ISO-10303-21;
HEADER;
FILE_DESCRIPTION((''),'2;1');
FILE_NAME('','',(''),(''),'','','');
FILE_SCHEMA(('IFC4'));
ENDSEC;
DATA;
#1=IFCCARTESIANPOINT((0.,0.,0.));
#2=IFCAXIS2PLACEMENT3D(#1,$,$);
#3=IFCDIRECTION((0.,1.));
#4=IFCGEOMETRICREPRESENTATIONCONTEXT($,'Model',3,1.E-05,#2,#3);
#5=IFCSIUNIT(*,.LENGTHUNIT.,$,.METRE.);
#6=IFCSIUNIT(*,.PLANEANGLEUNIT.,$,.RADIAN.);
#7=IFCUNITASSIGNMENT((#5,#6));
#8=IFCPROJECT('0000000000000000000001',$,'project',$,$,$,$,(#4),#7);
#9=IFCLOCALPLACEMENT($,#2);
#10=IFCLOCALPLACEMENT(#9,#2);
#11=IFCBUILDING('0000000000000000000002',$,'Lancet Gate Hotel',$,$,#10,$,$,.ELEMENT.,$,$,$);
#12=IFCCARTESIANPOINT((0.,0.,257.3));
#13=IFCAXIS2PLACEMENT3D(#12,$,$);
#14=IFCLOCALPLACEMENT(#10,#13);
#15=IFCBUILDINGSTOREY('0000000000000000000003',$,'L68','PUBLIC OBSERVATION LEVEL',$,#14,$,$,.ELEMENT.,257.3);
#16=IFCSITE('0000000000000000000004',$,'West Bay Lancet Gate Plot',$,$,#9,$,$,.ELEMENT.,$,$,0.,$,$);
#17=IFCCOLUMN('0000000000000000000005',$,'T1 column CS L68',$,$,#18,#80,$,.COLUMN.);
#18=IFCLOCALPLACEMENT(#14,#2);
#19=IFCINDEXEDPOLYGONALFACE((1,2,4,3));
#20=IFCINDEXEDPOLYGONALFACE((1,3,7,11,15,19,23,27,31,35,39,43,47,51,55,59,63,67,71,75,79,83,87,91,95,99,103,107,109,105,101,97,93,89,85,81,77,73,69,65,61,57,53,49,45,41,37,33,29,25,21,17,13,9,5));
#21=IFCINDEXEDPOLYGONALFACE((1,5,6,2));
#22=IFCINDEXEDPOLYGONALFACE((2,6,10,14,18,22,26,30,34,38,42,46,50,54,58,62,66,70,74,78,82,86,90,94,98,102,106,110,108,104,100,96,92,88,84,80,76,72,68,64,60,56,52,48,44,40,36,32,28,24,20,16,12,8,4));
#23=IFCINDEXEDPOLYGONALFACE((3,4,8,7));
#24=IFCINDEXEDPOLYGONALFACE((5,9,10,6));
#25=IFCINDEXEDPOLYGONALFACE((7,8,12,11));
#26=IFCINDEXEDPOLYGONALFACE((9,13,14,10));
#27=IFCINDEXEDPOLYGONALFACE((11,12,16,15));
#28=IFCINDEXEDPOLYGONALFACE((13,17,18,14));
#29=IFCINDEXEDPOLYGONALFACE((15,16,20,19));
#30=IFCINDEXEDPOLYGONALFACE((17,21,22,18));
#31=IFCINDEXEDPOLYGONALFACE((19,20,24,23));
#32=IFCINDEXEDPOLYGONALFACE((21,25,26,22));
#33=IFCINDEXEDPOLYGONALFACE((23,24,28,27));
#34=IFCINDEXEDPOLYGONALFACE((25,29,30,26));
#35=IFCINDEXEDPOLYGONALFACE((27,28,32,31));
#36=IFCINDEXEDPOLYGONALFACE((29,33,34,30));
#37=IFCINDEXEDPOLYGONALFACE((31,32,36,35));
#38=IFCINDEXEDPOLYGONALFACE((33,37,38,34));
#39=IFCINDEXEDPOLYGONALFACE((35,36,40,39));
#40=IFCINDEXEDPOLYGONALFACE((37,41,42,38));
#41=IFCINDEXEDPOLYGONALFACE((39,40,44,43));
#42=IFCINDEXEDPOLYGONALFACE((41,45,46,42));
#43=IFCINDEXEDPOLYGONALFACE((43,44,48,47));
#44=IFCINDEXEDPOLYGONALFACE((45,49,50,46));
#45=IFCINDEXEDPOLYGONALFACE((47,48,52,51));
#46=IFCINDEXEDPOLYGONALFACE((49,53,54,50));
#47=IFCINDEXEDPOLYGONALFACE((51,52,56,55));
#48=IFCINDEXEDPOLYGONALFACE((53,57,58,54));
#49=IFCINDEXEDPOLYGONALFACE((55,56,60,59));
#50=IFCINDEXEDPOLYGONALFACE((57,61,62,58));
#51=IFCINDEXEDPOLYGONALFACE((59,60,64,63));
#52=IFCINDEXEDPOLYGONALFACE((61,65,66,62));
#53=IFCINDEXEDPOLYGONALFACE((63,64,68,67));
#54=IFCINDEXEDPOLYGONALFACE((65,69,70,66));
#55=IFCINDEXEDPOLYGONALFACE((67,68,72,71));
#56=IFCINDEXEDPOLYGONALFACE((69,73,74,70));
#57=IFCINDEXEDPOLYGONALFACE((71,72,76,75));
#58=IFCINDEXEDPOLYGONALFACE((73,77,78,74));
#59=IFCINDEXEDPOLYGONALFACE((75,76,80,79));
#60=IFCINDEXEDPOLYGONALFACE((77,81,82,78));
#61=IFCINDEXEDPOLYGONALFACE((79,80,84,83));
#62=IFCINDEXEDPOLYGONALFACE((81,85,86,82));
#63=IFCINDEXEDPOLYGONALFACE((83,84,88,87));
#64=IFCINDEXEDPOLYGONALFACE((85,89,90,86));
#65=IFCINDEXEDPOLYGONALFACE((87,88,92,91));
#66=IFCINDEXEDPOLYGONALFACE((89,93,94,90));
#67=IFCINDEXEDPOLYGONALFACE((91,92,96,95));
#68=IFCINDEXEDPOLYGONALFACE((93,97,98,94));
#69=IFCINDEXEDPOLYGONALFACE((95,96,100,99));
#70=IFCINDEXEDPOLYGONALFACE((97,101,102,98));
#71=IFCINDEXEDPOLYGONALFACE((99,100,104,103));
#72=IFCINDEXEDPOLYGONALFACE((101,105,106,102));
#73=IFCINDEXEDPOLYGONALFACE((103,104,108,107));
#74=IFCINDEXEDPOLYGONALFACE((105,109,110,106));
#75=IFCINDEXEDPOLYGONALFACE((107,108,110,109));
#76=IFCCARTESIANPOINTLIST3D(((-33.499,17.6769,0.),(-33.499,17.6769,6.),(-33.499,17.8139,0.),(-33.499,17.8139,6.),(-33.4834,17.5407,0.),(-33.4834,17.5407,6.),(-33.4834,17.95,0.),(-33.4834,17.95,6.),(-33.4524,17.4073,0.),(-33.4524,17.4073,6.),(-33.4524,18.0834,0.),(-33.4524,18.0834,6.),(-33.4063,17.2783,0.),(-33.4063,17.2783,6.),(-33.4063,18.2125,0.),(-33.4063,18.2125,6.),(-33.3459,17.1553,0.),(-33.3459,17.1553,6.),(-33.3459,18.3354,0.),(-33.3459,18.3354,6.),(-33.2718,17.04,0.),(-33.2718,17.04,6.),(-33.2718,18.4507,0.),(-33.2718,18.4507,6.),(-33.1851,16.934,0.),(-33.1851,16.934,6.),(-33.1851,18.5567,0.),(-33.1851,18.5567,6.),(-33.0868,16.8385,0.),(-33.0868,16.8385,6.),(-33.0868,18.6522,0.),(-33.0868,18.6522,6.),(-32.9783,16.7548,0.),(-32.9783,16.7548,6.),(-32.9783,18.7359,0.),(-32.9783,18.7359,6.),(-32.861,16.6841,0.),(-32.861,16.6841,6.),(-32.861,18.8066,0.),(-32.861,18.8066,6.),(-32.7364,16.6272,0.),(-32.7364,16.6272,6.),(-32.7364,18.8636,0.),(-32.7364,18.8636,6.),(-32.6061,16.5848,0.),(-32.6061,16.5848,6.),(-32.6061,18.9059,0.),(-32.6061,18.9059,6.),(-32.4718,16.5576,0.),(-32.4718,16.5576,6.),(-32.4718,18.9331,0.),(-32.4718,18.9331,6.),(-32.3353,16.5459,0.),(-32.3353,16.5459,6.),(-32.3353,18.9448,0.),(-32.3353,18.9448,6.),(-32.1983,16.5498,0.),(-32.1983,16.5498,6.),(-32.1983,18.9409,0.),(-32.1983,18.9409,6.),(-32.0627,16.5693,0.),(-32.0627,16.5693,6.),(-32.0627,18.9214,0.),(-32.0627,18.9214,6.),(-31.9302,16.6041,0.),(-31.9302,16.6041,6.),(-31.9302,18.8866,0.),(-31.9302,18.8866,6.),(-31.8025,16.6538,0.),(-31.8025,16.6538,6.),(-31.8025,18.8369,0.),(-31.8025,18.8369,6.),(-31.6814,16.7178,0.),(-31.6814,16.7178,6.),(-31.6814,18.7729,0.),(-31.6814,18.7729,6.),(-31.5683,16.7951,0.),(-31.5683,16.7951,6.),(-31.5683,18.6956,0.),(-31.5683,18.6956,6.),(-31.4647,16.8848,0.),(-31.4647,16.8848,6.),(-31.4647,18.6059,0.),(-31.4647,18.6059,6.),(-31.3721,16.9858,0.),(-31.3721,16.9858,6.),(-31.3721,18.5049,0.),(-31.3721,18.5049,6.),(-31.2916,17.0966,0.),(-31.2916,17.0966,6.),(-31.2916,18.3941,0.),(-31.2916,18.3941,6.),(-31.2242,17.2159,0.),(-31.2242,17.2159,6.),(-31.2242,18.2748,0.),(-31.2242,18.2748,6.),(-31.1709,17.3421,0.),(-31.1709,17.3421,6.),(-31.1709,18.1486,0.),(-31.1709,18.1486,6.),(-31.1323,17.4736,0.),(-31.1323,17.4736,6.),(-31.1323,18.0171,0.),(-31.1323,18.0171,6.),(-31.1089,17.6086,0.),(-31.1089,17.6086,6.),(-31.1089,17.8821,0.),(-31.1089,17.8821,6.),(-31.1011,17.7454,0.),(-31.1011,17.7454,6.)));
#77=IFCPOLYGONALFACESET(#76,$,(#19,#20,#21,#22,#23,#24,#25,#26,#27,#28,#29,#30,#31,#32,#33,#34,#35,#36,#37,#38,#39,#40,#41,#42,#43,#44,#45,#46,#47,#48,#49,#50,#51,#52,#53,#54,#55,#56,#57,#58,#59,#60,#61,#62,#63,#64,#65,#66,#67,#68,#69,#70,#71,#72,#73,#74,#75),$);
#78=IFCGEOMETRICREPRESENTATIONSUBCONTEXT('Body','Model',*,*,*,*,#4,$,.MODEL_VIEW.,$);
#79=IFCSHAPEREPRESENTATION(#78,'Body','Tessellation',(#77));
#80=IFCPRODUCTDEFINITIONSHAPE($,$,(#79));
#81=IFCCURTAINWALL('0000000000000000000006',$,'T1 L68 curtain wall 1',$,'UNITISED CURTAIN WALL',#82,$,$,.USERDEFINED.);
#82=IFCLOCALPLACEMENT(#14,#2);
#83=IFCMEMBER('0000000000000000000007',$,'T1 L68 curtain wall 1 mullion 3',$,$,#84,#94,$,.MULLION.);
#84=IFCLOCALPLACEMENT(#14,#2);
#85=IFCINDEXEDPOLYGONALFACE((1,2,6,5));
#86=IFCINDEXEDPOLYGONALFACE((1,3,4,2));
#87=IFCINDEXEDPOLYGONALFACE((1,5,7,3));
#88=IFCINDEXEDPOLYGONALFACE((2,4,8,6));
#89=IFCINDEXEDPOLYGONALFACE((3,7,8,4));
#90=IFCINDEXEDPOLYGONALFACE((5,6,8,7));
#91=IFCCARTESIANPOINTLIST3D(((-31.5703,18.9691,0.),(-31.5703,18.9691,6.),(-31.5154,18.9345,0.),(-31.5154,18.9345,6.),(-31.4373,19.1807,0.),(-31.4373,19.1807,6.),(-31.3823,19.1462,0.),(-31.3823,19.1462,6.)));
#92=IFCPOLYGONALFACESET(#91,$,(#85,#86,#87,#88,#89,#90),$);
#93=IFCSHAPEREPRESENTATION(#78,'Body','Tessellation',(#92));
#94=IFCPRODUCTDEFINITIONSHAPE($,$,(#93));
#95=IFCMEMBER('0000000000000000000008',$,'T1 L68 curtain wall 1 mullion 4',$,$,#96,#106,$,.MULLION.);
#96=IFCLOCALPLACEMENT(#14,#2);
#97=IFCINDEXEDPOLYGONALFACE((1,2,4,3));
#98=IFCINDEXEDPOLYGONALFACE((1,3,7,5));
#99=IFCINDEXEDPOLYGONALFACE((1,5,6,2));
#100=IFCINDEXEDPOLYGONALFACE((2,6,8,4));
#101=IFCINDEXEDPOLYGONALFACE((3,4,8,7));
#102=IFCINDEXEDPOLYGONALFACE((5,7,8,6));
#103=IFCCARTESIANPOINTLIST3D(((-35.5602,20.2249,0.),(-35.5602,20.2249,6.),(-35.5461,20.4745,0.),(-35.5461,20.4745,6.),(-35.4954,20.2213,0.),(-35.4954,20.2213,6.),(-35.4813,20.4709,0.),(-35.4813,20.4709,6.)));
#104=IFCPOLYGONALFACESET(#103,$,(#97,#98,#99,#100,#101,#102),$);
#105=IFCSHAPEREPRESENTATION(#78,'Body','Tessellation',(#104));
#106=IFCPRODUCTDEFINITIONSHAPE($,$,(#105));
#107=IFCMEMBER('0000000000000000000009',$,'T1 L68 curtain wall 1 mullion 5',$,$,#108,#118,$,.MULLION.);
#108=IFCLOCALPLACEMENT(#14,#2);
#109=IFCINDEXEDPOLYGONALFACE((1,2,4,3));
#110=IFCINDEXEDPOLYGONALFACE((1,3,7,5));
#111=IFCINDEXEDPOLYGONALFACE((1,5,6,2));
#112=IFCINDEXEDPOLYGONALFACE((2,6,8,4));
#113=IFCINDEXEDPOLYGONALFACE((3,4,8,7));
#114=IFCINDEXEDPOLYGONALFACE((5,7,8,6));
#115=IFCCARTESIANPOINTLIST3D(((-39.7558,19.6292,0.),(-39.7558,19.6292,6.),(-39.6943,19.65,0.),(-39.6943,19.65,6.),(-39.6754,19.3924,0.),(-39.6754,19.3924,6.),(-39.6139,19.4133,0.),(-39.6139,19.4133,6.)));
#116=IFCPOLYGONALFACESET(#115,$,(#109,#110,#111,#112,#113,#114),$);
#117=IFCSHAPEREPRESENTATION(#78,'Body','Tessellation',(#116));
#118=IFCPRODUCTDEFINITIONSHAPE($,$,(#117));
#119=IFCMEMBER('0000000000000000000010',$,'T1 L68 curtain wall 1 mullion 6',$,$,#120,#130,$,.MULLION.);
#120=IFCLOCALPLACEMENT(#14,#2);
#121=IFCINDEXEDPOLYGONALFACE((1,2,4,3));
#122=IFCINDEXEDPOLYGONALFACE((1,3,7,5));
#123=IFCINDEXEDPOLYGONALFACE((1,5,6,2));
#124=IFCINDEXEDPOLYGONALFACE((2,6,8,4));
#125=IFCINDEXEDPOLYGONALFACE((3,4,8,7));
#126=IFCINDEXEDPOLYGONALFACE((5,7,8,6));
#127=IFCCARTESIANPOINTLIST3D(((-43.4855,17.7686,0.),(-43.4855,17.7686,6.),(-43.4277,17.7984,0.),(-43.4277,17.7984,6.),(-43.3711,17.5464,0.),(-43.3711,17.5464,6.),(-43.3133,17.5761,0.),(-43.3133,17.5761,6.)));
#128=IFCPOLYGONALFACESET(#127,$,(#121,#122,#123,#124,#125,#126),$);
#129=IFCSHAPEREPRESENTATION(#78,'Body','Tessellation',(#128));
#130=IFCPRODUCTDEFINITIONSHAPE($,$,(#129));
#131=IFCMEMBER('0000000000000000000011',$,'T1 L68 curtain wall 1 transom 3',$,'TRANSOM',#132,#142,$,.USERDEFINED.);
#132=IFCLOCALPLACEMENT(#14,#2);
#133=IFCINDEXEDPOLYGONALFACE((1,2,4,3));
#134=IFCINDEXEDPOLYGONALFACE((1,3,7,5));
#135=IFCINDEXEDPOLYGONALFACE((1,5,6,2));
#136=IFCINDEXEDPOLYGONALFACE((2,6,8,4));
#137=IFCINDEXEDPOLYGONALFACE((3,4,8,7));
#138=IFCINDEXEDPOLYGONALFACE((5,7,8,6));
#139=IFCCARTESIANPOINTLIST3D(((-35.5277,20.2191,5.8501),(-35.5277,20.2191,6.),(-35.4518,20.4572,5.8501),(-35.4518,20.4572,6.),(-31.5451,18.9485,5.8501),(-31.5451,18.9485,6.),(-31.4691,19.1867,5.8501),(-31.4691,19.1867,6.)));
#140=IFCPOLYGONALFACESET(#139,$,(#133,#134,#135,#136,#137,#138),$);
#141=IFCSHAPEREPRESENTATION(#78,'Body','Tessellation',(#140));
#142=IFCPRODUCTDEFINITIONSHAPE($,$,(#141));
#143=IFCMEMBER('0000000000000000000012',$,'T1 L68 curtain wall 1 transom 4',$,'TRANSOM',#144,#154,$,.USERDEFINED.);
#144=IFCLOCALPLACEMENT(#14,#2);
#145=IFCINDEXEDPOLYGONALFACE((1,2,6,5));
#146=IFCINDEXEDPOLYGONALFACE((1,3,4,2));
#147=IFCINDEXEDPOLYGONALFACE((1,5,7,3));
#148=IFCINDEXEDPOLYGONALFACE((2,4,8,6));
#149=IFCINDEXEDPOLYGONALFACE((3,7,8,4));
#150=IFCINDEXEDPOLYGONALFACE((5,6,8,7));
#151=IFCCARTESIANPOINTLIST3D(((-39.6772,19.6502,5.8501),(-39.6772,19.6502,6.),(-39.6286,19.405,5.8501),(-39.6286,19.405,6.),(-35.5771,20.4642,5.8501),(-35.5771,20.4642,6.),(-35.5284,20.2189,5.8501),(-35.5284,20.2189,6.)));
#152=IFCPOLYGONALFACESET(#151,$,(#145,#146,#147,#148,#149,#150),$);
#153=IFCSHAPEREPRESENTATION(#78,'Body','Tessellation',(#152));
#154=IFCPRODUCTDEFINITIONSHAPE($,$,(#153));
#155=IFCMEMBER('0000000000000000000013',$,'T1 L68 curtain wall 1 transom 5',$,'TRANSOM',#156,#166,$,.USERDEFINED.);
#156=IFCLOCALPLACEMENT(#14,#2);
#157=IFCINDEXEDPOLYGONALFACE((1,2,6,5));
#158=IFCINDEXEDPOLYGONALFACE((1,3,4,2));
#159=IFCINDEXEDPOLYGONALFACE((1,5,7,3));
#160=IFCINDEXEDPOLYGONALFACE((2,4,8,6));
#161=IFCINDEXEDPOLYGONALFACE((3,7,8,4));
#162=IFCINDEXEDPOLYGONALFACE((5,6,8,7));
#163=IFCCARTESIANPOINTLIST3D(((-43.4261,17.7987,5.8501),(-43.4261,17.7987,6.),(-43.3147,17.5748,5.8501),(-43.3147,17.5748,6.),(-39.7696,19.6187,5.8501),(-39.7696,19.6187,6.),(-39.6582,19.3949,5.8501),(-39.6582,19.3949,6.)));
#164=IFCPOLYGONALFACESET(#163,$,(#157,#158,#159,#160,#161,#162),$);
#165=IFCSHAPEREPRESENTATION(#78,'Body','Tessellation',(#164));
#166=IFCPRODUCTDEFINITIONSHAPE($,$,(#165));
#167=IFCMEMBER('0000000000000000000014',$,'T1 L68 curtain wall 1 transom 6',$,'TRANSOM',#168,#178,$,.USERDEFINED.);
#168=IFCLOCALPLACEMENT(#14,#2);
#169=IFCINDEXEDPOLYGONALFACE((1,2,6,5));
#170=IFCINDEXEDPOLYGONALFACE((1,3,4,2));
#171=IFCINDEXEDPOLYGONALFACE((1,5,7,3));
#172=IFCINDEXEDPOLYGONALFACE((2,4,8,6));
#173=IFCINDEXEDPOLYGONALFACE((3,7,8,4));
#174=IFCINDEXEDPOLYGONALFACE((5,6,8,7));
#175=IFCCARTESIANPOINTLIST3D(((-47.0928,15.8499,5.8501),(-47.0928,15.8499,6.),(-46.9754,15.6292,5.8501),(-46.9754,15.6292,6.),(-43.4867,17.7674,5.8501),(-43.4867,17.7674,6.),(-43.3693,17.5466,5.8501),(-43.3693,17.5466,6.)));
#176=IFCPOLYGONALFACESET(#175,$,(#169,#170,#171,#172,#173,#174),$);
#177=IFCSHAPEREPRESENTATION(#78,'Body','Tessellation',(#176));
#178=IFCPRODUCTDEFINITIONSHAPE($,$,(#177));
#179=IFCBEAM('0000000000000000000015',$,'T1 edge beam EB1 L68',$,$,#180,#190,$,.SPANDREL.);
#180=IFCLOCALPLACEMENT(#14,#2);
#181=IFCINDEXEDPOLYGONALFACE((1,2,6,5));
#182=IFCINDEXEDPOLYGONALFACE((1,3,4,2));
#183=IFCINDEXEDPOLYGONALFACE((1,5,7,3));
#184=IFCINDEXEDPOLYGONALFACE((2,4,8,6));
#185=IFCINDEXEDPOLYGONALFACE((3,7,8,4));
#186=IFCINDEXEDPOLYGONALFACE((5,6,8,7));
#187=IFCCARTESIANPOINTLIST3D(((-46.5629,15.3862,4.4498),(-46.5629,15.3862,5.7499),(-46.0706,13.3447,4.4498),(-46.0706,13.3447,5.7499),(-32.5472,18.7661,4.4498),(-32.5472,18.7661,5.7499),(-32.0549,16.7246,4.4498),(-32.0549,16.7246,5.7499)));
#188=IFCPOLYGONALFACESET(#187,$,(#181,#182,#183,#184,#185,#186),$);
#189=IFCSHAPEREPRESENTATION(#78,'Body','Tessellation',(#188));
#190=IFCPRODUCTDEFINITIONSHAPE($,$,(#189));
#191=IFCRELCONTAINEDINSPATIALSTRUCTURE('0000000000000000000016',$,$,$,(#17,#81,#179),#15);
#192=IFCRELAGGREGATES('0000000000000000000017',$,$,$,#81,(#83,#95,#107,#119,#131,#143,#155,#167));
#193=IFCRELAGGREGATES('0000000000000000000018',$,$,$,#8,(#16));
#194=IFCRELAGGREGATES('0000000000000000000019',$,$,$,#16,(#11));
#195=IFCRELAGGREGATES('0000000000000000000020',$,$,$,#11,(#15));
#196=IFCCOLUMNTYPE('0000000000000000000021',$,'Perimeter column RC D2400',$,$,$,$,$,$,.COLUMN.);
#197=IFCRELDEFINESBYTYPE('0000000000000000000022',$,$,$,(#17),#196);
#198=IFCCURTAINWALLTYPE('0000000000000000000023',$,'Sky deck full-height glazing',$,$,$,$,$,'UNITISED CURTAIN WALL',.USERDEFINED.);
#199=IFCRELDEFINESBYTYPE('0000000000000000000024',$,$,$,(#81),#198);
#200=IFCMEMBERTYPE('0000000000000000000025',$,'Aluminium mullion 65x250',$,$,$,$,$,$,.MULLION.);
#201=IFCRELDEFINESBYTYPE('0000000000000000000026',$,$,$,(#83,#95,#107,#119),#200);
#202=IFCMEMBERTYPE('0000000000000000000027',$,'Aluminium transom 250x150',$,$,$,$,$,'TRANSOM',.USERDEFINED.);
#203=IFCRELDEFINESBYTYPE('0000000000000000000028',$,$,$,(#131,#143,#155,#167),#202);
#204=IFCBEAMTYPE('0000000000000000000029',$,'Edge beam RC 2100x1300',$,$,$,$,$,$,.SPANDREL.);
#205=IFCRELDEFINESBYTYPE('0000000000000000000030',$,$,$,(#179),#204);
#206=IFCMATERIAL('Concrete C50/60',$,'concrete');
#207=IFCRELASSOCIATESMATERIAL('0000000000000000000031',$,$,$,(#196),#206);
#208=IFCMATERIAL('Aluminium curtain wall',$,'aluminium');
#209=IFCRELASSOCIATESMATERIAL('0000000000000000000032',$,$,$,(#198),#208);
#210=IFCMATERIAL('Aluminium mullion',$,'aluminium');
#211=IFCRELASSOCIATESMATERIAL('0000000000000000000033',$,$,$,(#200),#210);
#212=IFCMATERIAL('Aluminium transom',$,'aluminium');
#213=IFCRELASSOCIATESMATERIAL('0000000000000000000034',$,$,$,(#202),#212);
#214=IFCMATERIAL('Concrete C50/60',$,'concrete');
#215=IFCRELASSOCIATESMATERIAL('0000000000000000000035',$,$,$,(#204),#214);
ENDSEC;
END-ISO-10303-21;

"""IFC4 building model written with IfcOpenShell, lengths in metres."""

from ifc_helpers import new_model, si_unit, direction, frame, origin, origin_2d, place, context, subcontext, project, spatial, rectangle, circle, extrude, material, material_profile, profile_set, type_object, element, aggregate, save


model = new_model("IFC4")

# Units and contexts
model_context = context("Model", 3, precision=1e-05, world=origin(), true_north=direction((0.0, 1.0)))
body_context = subcontext(model_context, "Body", "Model", "MODEL_VIEW")
ifc_project = project(units=[si_unit("LENGTHUNIT", "METRE"), si_unit("PLANEANGLEUNIT", "RADIAN")], contexts=[model_context])

# Site, building, storey
site_placement = place(None, origin())
site = spatial("IfcSite", under=ifc_project, at=site_placement, Name="West Bay Lancet Gate Plot", CompositionType="ELEMENT", RefElevation=0.0)
building_placement = place(site_placement, origin())
building = spatial("IfcBuilding", under=site, at=building_placement, Name="Lancet Gate Hotel", CompositionType="ELEMENT")
storey_placement = place(building_placement, frame((0.0, 0.0, 257.3)))
storey = spatial("IfcBuildingStorey", under=building, at=storey_placement, Name="L68", Description="PUBLIC OBSERVATION LEVEL", CompositionType="ELEMENT", Elevation=257.3)

# Column
ifc_material_1 = material(Name="Concrete C50/60", Category="concrete")
ifc_material_profile_1 = material_profile(ifc_material_1, circle(Radius=1.2, at=origin_2d()), Name="RC D2400")
ifc_profile_set_1 = profile_set([ifc_material_profile_1], Name="Concrete C50/60")
column_type = type_object("IfcColumnType", Name="Perimeter column RC D2400", PredefinedType="COLUMN", material=ifc_profile_set_1)
column_placement = place(storey_placement, frame((-32.301, 17.7454, 0.0), z_axis=(0.0, 0.0, 1.0), x_axis=(1.0, 0.0, 0.0)))
element("IfcColumn", 1, at=column_placement, inside=storey, type_object=column_type, Name="T1 column CS L68", PredefinedType="COLUMN", context=body_context, shape_type="SweptSolid", body=[
    extrude(circle(Radius=1.2, at=origin_2d()), origin(), (0.0, 0.0, 1.0), 6.0),
])

# Curtain wall, members
ifc_material_2 = material(Name="Aluminium curtain wall", Category="aluminium")
curtain_wall_type = type_object("IfcCurtainWallType", Name="Sky deck full-height glazing", ElementType="UNITISED CURTAIN WALL", PredefinedType="USERDEFINED", material=ifc_material_2)
curtain_wall_placement = place(storey_placement, origin())
curtain_wall = element("IfcCurtainWall", 2, at=curtain_wall_placement, inside=storey, type_object=curtain_wall_type, Name="T1 L68 curtain wall 1", ObjectType="UNITISED CURTAIN WALL", PredefinedType="USERDEFINED")
ifc_material_3 = material(Name="Aluminium mullion", Category="aluminium")
ifc_material_profile_2 = material_profile(ifc_material_3, rectangle(XDim=0.0649, YDim=0.25, at=origin_2d()), Name="MULLION 65x250")
ifc_profile_set_2 = profile_set([ifc_material_profile_2], Name="Aluminium mullion")
member_type_1 = type_object("IfcMemberType", Name="Aluminium mullion 65x250", PredefinedType="MULLION", material=ifc_profile_set_2)
member_1_placement = place(storey_placement, frame((-31.4763, 19.0576, 0.0), z_axis=(0.0, 0.0, 1.0), x_axis=(-0.846613, 0.532209, 0.0)))
member_1 = element("IfcMember", 3, at=member_1_placement, type_object=member_type_1, Name="T1 L68 curtain wall 1 mullion 3", PredefinedType="MULLION", context=body_context, shape_type="SweptSolid", body=[
    extrude(rectangle(XDim=0.0649, YDim=0.25, at=origin_2d()), origin(), (0.0, 0.0, 1.0), 6.0),
])
member_2_placement = place(storey_placement, frame((-35.5208, 20.3479, 0.0), z_axis=(0.0, 0.0, 1.0), x_axis=(-0.998409, 0.056384, 0.0)))
member_2 = element("IfcMember", 4, at=member_2_placement, type_object=member_type_1, Name="T1 L68 curtain wall 1 mullion 4", PredefinedType="MULLION", context=body_context, shape_type="SweptSolid", body=[
    extrude(rectangle(XDim=0.0649, YDim=0.25, at=origin_2d()), origin(), (0.0, 0.0, 1.0), 6.0),
])
member_3_placement = place(storey_placement, frame((-39.6848, 19.5212, 0.0), z_axis=(0.0, 0.0, 1.0), x_axis=(-0.946888, -0.321564, 0.0)))
member_3 = element("IfcMember", 5, at=member_3_placement, type_object=member_type_1, Name="T1 L68 curtain wall 1 mullion 5", PredefinedType="MULLION", context=body_context, shape_type="SweptSolid", body=[
    extrude(rectangle(XDim=0.0649, YDim=0.25, at=origin_2d()), origin(), (0.0, 0.0, 1.0), 6.0),
])
member_4_placement = place(storey_placement, frame((-43.3994, 17.6724, 0.0), z_axis=(0.0, 0.0, 1.0), x_axis=(-0.889156, -0.457605, 0.0)))
member_4 = element("IfcMember", 6, at=member_4_placement, type_object=member_type_1, Name="T1 L68 curtain wall 1 mullion 6", PredefinedType="MULLION", context=body_context, shape_type="SweptSolid", body=[
    extrude(rectangle(XDim=0.0649, YDim=0.25, at=origin_2d()), origin(), (0.0, 0.0, 1.0), 6.0),
])
ifc_material_4 = material(Name="Aluminium transom", Category="aluminium")
ifc_material_profile_3 = material_profile(ifc_material_4, rectangle(XDim=0.25, YDim=0.1499, at=origin_2d()), Name="TRANSOM 250x150")
ifc_profile_set_3 = profile_set([ifc_material_profile_3], Name="Aluminium transom")
member_type_2 = type_object("IfcMemberType", Name="Aluminium transom 250x150", ElementType="TRANSOM", PredefinedType="USERDEFINED", material=ifc_profile_set_3)
member_5_placement = place(storey_placement, frame((-31.5071, 19.0676, 5.925), z_axis=(-0.952698, 0.30392, 0.0), x_axis=(-0.30392, -0.952698, 0.0)))
member_5 = element("IfcMember", 7, at=member_5_placement, type_object=member_type_2, Name="T1 L68 curtain wall 1 transom 3", ObjectType="TRANSOM", PredefinedType="USERDEFINED", context=body_context, shape_type="SweptSolid", body=[
    extrude(rectangle(XDim=0.25, YDim=0.1499, at=origin_2d()), origin(), (0.0, 0.0, 1.0), 4.1804),
])
member_6_placement = place(storey_placement, frame((-35.5527, 20.3416, 5.925), z_axis=(-0.980858, -0.194723, 0.0), x_axis=(0.194723, -0.980858, 0.0)))
member_6 = element("IfcMember", 8, at=member_6_placement, type_object=member_type_2, Name="T1 L68 curtain wall 1 transom 4", ObjectType="TRANSOM", PredefinedType="USERDEFINED", context=body_context, shape_type="SweptSolid", body=[
    extrude(rectangle(XDim=0.25, YDim=0.1499, at=origin_2d()), origin(), (0.0, 0.0, 1.0), 4.1802),
])
member_7_placement = place(storey_placement, frame((-39.7139, 19.5068, 5.925), z_axis=(-0.895227, -0.445611, 0.0), x_axis=(0.445611, -0.895227, 0.0)))
member_7 = element("IfcMember", 9, at=member_7_placement, type_object=member_type_2, Name="T1 L68 curtain wall 1 transom 5", ObjectType="TRANSOM", PredefinedType="USERDEFINED", context=body_context, shape_type="SweptSolid", body=[
    extrude(rectangle(XDim=0.25, YDim=0.1499, at=origin_2d()), origin(), (0.0, 0.0, 1.0), 4.0845),
])
member_8_placement = place(storey_placement, frame((-43.428, 17.657, 5.925), z_axis=(-0.882945, -0.469477, 0.0), x_axis=(0.469477, -0.882945, 0.0)))
member_8 = element("IfcMember", 10, at=member_8_placement, type_object=member_type_2, Name="T1 L68 curtain wall 1 transom 6", ObjectType="TRANSOM", PredefinedType="USERDEFINED", context=body_context, shape_type="SweptSolid", body=[
    extrude(rectangle(XDim=0.25, YDim=0.1499, at=origin_2d()), origin(), (0.0, 0.0, 1.0), 4.0842),
])

# Beam
ifc_material_5 = material(Name="Concrete C50/60", Category="concrete")
ifc_material_profile_4 = material_profile(ifc_material_5, rectangle(XDim=2.1001, YDim=1.3, at=origin_2d()), Name="RC 2100x1300")
ifc_profile_set_4 = profile_set([ifc_material_profile_4], Name="Concrete C50/60")
beam_type_1 = type_object("IfcBeamType", Name="Edge beam RC 2100x1300", PredefinedType="SPANDREL", material=ifc_profile_set_4)
beam_1_placement = place(storey_placement, frame((-32.301, 17.7454, 5.0999), z_axis=(-0.972133, -0.234431, 0.0), x_axis=(0.234431, -0.972133, 0.0)))
element("IfcBeam", 11, at=beam_1_placement, inside=storey, type_object=beam_type_1, Name="T1 edge beam EB1 L68", PredefinedType="SPANDREL", context=body_context, shape_type="SweptSolid", body=[
    extrude(rectangle(XDim=2.1001, YDim=1.3, at=origin_2d()), origin(), (0.0, 0.0, 1.0), 14.4175),
])

aggregate(curtain_wall, [member_1, member_2, member_3, member_4, member_5, member_6, member_7, member_8])

save(model, "model.ifc")
